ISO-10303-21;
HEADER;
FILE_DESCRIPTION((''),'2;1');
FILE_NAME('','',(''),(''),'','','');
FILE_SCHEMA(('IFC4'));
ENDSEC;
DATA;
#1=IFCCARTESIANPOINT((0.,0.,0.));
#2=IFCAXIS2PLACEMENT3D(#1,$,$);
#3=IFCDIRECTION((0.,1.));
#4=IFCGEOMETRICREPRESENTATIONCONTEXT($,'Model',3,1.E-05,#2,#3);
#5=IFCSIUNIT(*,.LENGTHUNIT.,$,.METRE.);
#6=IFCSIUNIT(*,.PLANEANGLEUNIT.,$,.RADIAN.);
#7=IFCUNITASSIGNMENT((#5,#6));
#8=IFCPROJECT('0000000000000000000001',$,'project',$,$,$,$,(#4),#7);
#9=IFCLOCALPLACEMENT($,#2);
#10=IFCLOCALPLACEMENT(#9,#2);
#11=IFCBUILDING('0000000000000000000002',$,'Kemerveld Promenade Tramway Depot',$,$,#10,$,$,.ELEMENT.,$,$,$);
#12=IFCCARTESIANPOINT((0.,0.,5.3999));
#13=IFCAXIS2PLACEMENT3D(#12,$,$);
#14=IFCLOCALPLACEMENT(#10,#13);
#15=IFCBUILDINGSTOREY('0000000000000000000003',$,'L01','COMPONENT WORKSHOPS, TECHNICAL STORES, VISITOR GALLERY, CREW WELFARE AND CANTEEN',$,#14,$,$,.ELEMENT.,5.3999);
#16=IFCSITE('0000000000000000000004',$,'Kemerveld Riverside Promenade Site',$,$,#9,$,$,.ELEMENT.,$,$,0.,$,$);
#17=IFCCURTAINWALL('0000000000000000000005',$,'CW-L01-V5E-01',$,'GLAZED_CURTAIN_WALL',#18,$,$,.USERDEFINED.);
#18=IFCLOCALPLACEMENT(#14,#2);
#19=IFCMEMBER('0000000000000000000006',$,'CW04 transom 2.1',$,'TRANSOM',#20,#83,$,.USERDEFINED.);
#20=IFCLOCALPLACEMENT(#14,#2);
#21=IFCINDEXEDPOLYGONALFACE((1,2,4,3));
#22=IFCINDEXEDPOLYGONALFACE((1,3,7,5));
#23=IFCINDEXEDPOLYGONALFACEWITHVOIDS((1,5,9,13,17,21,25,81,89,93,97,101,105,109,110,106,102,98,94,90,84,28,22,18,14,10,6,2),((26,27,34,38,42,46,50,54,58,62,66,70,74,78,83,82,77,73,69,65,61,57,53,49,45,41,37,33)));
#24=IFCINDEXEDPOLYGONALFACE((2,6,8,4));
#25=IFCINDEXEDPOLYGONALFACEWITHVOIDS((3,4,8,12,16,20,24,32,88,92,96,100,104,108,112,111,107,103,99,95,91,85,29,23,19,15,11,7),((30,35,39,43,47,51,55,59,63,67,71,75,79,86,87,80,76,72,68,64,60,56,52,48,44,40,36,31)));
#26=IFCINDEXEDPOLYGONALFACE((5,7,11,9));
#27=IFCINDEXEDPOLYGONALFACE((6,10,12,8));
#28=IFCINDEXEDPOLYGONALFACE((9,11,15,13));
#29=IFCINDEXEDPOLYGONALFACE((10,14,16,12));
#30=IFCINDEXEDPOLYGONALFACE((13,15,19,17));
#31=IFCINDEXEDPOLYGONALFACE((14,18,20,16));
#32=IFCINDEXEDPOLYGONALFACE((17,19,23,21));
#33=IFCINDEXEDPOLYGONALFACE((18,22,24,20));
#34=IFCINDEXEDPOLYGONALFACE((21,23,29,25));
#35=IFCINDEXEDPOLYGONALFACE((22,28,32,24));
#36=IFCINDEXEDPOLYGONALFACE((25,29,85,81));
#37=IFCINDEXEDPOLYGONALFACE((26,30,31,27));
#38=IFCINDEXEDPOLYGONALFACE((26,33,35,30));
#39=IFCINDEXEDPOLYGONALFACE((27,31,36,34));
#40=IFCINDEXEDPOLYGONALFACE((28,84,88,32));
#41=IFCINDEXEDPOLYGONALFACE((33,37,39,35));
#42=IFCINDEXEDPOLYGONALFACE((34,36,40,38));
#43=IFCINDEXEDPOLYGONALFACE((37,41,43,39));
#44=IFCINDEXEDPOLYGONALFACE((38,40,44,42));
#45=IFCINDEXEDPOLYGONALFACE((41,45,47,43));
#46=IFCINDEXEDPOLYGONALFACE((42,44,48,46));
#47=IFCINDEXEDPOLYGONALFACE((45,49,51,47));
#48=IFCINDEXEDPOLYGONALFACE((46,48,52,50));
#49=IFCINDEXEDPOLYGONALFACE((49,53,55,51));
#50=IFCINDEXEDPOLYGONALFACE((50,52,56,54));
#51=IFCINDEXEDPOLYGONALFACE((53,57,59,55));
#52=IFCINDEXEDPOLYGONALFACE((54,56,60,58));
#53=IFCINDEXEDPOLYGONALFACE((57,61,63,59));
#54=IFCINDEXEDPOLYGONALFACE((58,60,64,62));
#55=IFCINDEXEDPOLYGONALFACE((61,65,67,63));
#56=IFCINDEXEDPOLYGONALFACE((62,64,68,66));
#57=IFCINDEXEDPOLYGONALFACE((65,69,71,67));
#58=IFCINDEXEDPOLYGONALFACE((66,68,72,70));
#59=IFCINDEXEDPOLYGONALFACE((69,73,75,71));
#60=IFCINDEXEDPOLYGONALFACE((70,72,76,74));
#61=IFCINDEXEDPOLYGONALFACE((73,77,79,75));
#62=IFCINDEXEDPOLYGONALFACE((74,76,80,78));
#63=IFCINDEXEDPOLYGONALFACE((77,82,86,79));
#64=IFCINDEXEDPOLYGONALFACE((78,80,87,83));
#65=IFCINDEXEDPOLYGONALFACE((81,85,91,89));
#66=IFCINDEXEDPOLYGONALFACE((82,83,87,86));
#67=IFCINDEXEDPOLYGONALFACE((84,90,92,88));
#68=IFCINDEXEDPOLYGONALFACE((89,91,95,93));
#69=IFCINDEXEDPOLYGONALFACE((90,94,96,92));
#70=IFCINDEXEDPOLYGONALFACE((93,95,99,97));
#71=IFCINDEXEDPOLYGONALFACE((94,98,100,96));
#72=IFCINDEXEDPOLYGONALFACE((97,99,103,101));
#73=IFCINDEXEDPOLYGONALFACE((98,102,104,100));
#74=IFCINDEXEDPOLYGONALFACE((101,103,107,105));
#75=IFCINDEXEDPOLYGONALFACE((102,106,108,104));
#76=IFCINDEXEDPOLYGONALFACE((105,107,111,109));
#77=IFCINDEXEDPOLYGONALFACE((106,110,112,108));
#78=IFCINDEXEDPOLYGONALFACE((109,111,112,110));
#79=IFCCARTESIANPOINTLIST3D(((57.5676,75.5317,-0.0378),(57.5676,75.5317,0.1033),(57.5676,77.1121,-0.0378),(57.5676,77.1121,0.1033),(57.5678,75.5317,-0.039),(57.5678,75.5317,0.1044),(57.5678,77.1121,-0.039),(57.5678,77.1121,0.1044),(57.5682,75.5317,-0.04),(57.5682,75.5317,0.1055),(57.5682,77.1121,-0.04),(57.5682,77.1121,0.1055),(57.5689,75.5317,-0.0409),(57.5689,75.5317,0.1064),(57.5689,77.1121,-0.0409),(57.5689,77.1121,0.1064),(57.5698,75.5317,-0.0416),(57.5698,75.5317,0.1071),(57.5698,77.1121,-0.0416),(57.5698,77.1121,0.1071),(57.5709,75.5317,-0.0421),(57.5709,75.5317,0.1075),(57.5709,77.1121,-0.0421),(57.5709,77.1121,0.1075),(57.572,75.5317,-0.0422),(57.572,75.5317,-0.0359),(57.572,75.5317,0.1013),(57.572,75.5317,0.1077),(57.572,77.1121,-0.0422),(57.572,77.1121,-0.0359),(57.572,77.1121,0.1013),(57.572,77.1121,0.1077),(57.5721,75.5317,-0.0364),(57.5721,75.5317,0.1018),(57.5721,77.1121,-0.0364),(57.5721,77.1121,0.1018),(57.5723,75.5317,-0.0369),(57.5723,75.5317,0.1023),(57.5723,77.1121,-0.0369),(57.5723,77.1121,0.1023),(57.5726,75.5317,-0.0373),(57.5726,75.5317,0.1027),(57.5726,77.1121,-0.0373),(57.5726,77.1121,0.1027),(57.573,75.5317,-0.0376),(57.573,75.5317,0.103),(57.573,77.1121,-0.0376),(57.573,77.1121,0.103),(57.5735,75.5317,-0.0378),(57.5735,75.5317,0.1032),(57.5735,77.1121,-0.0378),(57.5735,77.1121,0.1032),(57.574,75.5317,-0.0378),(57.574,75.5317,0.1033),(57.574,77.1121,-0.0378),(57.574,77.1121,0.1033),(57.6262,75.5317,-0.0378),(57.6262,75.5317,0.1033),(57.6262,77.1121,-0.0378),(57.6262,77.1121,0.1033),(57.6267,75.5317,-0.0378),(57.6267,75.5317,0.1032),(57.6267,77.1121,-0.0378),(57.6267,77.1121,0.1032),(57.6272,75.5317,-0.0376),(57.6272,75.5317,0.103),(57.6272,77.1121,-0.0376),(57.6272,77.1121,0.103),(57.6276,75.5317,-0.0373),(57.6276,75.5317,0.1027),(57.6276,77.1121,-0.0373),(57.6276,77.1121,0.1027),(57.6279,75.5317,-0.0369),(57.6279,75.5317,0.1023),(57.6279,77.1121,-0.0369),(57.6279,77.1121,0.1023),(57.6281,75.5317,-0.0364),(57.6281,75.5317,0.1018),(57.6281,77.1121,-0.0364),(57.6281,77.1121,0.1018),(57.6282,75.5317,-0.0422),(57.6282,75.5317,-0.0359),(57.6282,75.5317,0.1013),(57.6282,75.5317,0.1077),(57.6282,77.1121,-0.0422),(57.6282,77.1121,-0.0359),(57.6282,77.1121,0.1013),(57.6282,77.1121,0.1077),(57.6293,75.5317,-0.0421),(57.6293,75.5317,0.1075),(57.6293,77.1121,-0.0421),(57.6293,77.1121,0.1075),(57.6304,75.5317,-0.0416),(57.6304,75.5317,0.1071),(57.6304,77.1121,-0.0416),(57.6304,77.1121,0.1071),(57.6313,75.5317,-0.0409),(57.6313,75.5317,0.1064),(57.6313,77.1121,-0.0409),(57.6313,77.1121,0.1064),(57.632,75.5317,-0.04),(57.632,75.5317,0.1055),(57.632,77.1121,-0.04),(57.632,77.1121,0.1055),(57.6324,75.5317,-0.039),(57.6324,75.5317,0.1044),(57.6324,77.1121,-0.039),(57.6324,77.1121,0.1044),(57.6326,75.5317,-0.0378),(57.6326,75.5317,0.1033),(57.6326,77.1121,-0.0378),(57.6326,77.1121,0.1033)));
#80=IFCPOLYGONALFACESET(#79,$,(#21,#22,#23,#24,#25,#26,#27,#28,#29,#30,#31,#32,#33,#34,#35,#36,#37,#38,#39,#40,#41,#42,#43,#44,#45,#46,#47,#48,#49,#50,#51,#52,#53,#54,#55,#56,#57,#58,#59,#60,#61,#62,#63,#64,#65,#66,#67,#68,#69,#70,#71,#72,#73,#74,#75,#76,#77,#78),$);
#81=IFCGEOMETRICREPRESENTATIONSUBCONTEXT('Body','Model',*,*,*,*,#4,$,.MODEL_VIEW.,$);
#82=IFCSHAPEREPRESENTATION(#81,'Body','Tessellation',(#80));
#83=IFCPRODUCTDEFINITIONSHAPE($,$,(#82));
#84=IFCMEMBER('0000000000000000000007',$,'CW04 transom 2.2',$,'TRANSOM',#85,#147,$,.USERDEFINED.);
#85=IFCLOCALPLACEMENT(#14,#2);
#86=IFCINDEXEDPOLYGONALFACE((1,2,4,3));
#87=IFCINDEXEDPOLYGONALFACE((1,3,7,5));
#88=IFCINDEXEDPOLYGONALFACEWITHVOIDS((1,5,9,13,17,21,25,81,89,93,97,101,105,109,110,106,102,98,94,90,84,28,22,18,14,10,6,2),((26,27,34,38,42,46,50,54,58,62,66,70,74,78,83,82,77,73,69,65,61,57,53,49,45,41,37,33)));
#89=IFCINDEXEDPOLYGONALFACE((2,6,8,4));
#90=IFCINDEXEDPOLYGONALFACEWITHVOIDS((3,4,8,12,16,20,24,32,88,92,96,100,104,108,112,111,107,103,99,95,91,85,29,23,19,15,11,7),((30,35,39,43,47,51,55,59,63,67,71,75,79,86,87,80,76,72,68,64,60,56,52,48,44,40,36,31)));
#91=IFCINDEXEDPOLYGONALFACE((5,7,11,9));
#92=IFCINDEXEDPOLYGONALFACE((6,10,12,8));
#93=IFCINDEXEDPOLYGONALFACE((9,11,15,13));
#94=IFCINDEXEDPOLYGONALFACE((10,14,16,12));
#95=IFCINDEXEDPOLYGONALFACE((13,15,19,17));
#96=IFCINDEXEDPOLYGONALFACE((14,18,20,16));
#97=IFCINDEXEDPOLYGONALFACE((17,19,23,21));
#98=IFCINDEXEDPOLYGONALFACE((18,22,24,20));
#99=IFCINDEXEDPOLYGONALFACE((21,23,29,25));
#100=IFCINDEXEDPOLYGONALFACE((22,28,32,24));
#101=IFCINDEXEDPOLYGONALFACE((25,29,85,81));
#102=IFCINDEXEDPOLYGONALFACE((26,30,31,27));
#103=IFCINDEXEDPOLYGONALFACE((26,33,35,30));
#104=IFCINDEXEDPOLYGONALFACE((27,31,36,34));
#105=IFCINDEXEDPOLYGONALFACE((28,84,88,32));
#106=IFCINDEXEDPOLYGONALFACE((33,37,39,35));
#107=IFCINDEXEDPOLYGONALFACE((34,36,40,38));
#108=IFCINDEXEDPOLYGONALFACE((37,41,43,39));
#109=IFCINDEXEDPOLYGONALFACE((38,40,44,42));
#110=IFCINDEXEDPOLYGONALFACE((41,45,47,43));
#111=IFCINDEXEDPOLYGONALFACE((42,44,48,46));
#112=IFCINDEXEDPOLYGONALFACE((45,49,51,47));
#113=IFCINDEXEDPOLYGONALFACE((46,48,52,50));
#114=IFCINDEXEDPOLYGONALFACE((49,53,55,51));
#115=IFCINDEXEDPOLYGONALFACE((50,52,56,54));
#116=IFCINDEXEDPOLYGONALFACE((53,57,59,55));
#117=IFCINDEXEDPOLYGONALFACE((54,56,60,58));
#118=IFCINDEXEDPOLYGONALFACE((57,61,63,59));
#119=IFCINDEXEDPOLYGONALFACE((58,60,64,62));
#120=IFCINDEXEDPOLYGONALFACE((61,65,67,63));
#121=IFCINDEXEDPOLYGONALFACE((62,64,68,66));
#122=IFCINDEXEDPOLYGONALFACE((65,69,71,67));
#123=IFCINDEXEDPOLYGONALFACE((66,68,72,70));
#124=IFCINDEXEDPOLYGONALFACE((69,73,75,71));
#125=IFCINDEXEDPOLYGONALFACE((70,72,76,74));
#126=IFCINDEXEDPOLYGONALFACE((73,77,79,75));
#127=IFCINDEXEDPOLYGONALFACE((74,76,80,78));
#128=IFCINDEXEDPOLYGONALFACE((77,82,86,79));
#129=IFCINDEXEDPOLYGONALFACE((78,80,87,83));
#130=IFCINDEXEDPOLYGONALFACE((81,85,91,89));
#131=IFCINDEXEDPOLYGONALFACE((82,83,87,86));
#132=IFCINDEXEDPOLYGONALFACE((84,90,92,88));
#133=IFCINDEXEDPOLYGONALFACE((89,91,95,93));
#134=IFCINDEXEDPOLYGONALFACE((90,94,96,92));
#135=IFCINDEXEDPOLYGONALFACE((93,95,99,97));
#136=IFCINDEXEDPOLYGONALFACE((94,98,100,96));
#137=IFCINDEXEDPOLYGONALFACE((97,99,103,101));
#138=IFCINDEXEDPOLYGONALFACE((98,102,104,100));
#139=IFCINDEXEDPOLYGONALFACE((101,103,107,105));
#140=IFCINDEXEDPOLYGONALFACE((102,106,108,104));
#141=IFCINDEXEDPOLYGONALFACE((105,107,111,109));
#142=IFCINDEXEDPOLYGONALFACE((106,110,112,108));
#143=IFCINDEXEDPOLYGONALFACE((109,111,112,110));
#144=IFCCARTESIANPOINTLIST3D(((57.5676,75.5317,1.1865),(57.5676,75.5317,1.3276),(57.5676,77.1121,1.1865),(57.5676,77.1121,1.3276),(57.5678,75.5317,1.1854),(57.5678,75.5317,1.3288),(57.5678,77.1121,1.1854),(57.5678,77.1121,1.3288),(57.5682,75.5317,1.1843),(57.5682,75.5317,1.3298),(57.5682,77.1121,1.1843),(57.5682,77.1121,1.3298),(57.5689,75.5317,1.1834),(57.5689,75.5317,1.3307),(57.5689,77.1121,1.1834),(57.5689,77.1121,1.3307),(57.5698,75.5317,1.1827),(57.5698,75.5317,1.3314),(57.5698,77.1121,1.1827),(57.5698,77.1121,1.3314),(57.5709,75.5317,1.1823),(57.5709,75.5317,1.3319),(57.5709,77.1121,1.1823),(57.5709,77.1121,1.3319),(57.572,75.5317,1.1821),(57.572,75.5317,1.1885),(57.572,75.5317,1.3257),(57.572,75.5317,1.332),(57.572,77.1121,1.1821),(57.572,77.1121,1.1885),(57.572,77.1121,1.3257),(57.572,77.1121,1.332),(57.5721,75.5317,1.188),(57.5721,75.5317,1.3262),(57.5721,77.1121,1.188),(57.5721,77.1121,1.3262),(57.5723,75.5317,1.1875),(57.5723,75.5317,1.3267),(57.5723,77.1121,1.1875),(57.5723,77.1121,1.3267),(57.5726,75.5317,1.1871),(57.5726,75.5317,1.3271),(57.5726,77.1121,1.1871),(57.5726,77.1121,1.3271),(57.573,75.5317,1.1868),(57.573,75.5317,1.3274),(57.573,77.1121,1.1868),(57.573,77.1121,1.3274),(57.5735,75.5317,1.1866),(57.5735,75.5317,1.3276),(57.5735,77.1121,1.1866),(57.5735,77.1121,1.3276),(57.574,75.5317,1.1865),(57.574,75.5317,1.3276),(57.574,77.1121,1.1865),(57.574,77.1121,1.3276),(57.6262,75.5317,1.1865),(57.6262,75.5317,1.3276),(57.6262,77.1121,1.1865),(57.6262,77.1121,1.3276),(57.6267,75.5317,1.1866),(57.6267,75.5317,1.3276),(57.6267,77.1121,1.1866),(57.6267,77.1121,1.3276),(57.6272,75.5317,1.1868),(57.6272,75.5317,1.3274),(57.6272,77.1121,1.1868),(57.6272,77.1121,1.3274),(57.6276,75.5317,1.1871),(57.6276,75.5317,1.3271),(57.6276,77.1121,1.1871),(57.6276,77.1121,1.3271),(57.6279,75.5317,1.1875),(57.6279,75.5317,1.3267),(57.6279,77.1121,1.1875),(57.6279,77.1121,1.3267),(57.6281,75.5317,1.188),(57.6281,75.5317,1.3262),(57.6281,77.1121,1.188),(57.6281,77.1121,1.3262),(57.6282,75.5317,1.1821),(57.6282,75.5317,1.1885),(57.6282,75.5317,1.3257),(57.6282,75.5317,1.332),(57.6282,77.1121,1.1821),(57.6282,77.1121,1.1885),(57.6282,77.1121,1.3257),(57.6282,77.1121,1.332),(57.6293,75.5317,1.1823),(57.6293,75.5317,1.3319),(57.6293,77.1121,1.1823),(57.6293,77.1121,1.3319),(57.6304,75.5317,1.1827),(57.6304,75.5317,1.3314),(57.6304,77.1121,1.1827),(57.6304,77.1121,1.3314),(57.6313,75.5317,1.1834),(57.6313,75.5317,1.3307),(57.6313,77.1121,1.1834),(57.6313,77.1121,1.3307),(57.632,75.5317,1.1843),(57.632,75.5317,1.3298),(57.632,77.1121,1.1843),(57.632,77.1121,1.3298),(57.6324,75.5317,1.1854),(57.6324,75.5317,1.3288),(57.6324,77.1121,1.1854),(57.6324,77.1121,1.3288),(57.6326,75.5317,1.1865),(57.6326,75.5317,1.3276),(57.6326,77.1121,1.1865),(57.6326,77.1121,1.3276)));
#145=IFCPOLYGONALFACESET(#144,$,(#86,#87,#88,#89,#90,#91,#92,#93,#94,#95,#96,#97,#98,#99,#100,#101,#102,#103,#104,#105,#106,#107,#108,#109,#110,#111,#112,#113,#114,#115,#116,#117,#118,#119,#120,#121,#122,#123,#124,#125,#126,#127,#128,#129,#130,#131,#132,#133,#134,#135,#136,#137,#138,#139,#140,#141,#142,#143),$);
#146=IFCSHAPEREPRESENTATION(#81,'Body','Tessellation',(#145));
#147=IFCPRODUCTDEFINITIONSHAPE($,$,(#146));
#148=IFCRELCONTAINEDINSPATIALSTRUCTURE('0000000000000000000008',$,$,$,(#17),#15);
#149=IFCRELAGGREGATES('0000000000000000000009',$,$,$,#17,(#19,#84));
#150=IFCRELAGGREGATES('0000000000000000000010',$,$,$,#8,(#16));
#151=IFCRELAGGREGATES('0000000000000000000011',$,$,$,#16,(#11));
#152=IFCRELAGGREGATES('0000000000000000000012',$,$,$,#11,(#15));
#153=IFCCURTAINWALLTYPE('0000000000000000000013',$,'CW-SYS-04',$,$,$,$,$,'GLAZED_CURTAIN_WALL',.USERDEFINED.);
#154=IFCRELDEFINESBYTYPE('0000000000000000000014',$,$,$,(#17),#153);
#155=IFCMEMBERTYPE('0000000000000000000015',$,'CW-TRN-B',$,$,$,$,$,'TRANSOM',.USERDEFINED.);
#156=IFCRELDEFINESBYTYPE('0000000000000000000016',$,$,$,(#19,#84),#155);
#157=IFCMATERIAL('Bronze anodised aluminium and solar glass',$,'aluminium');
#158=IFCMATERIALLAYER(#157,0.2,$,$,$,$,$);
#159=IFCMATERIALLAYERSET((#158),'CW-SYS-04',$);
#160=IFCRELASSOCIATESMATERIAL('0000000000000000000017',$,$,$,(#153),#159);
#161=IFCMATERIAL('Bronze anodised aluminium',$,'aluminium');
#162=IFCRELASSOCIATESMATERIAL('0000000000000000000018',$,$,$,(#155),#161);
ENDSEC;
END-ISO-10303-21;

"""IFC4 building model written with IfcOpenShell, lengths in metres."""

from ifc_helpers import new_model, si_unit, direction, frame, origin, origin_2d, place, context, subcontext, project, spatial, hollow_rectangle, extrude, material, layer, layer_set, material_profile, profile_set, type_object, element, aggregate, save


model = new_model("IFC4")

# Units and contexts
model_context = context("Model", 3, precision=1e-05, world=origin(), true_north=direction((0.0, 1.0)))
body_context = subcontext(model_context, "Body", "Model", "MODEL_VIEW")
ifc_project = project(units=[si_unit("LENGTHUNIT", "METRE"), si_unit("PLANEANGLEUNIT", "RADIAN")], contexts=[model_context])

# Site, building, storey
site_placement = place(None, origin())
site = spatial("IfcSite", under=ifc_project, at=site_placement, Name="Kemerveld Riverside Promenade Site", CompositionType="ELEMENT", RefElevation=0.0)
building_placement = place(site_placement, origin())
building = spatial("IfcBuilding", under=site, at=building_placement, Name="Kemerveld Promenade Tramway Depot", CompositionType="ELEMENT")
storey_placement = place(building_placement, frame((0.0, 0.0, 5.3999)))
storey = spatial("IfcBuildingStorey", under=building, at=storey_placement, Name="L01", Description="COMPONENT WORKSHOPS, TECHNICAL STORES, VISITOR GALLERY, CREW WELFARE AND CANTEEN", CompositionType="ELEMENT", Elevation=5.3999)

# Curtain wall, members
ifc_material_1 = material(Name="Bronze anodised aluminium and solar glass", Category="aluminium")
ifc_layer_1 = layer(ifc_material_1, 0.2)
ifc_layer_set_1 = layer_set([ifc_layer_1], Name="CW-SYS-04")
curtain_wall_type = type_object("IfcCurtainWallType", Name="CW-SYS-04", ElementType="GLAZED_CURTAIN_WALL", PredefinedType="USERDEFINED", material=ifc_layer_set_1)
curtain_wall_placement = place(storey_placement, origin())
curtain_wall = element("IfcCurtainWall", 1, at=curtain_wall_placement, inside=storey, type_object=curtain_wall_type, Name="CW-L01-V5E-01", ObjectType="GLAZED_CURTAIN_WALL", PredefinedType="USERDEFINED")
ifc_material_2 = material(Name="Bronze anodised aluminium", Category="aluminium")
ifc_material_profile_1 = material_profile(ifc_material_2, hollow_rectangle(XDim=0.0649, YDim=0.1499, WallThickness=0.0044, InnerFilletRadius=0.002, OuterFilletRadius=0.0044, at=origin_2d()), Name="CW-TRN-150x65")
ifc_profile_set_1 = profile_set([ifc_material_profile_1], Name="Bronze anodised aluminium")
member_type_1 = type_object("IfcMemberType", Name="CW-TRN-B", ElementType="TRANSOM", PredefinedType="USERDEFINED", material=ifc_profile_set_1)
member_1_placement = place(storey_placement, frame((57.6001, 77.1121, 0.0327), z_axis=(0.0, -1.0, 0.0), x_axis=(1.0, 0.0, 0.0)))
member_1 = element("IfcMember", 2, at=member_1_placement, type_object=member_type_1, Name="CW04 transom 2.1", ObjectType="TRANSOM", PredefinedType="USERDEFINED", context=body_context, shape_type="SweptSolid", body=[
    extrude(hollow_rectangle(XDim=0.0649, YDim=0.1499, WallThickness=0.0044, InnerFilletRadius=0.002, OuterFilletRadius=0.0044, at=origin_2d()), origin(), (0.0, 0.0, 1.0), 1.5803),
])
member_2_placement = place(storey_placement, frame((57.6001, 77.1121, 1.2571), z_axis=(0.0, -1.0, 0.0), x_axis=(1.0, 0.0, 0.0)))
member_2 = element("IfcMember", 3, at=member_2_placement, type_object=member_type_1, Name="CW04 transom 2.2", ObjectType="TRANSOM", PredefinedType="USERDEFINED", context=body_context, shape_type="SweptSolid", body=[
    extrude(hollow_rectangle(XDim=0.0649, YDim=0.1499, WallThickness=0.0044, InnerFilletRadius=0.002, OuterFilletRadius=0.0044, at=origin_2d()), origin(), (0.0, 0.0, 1.0), 1.5803),
])
aggregate(curtain_wall, [member_1, member_2])

save(model, "model.ifc")
